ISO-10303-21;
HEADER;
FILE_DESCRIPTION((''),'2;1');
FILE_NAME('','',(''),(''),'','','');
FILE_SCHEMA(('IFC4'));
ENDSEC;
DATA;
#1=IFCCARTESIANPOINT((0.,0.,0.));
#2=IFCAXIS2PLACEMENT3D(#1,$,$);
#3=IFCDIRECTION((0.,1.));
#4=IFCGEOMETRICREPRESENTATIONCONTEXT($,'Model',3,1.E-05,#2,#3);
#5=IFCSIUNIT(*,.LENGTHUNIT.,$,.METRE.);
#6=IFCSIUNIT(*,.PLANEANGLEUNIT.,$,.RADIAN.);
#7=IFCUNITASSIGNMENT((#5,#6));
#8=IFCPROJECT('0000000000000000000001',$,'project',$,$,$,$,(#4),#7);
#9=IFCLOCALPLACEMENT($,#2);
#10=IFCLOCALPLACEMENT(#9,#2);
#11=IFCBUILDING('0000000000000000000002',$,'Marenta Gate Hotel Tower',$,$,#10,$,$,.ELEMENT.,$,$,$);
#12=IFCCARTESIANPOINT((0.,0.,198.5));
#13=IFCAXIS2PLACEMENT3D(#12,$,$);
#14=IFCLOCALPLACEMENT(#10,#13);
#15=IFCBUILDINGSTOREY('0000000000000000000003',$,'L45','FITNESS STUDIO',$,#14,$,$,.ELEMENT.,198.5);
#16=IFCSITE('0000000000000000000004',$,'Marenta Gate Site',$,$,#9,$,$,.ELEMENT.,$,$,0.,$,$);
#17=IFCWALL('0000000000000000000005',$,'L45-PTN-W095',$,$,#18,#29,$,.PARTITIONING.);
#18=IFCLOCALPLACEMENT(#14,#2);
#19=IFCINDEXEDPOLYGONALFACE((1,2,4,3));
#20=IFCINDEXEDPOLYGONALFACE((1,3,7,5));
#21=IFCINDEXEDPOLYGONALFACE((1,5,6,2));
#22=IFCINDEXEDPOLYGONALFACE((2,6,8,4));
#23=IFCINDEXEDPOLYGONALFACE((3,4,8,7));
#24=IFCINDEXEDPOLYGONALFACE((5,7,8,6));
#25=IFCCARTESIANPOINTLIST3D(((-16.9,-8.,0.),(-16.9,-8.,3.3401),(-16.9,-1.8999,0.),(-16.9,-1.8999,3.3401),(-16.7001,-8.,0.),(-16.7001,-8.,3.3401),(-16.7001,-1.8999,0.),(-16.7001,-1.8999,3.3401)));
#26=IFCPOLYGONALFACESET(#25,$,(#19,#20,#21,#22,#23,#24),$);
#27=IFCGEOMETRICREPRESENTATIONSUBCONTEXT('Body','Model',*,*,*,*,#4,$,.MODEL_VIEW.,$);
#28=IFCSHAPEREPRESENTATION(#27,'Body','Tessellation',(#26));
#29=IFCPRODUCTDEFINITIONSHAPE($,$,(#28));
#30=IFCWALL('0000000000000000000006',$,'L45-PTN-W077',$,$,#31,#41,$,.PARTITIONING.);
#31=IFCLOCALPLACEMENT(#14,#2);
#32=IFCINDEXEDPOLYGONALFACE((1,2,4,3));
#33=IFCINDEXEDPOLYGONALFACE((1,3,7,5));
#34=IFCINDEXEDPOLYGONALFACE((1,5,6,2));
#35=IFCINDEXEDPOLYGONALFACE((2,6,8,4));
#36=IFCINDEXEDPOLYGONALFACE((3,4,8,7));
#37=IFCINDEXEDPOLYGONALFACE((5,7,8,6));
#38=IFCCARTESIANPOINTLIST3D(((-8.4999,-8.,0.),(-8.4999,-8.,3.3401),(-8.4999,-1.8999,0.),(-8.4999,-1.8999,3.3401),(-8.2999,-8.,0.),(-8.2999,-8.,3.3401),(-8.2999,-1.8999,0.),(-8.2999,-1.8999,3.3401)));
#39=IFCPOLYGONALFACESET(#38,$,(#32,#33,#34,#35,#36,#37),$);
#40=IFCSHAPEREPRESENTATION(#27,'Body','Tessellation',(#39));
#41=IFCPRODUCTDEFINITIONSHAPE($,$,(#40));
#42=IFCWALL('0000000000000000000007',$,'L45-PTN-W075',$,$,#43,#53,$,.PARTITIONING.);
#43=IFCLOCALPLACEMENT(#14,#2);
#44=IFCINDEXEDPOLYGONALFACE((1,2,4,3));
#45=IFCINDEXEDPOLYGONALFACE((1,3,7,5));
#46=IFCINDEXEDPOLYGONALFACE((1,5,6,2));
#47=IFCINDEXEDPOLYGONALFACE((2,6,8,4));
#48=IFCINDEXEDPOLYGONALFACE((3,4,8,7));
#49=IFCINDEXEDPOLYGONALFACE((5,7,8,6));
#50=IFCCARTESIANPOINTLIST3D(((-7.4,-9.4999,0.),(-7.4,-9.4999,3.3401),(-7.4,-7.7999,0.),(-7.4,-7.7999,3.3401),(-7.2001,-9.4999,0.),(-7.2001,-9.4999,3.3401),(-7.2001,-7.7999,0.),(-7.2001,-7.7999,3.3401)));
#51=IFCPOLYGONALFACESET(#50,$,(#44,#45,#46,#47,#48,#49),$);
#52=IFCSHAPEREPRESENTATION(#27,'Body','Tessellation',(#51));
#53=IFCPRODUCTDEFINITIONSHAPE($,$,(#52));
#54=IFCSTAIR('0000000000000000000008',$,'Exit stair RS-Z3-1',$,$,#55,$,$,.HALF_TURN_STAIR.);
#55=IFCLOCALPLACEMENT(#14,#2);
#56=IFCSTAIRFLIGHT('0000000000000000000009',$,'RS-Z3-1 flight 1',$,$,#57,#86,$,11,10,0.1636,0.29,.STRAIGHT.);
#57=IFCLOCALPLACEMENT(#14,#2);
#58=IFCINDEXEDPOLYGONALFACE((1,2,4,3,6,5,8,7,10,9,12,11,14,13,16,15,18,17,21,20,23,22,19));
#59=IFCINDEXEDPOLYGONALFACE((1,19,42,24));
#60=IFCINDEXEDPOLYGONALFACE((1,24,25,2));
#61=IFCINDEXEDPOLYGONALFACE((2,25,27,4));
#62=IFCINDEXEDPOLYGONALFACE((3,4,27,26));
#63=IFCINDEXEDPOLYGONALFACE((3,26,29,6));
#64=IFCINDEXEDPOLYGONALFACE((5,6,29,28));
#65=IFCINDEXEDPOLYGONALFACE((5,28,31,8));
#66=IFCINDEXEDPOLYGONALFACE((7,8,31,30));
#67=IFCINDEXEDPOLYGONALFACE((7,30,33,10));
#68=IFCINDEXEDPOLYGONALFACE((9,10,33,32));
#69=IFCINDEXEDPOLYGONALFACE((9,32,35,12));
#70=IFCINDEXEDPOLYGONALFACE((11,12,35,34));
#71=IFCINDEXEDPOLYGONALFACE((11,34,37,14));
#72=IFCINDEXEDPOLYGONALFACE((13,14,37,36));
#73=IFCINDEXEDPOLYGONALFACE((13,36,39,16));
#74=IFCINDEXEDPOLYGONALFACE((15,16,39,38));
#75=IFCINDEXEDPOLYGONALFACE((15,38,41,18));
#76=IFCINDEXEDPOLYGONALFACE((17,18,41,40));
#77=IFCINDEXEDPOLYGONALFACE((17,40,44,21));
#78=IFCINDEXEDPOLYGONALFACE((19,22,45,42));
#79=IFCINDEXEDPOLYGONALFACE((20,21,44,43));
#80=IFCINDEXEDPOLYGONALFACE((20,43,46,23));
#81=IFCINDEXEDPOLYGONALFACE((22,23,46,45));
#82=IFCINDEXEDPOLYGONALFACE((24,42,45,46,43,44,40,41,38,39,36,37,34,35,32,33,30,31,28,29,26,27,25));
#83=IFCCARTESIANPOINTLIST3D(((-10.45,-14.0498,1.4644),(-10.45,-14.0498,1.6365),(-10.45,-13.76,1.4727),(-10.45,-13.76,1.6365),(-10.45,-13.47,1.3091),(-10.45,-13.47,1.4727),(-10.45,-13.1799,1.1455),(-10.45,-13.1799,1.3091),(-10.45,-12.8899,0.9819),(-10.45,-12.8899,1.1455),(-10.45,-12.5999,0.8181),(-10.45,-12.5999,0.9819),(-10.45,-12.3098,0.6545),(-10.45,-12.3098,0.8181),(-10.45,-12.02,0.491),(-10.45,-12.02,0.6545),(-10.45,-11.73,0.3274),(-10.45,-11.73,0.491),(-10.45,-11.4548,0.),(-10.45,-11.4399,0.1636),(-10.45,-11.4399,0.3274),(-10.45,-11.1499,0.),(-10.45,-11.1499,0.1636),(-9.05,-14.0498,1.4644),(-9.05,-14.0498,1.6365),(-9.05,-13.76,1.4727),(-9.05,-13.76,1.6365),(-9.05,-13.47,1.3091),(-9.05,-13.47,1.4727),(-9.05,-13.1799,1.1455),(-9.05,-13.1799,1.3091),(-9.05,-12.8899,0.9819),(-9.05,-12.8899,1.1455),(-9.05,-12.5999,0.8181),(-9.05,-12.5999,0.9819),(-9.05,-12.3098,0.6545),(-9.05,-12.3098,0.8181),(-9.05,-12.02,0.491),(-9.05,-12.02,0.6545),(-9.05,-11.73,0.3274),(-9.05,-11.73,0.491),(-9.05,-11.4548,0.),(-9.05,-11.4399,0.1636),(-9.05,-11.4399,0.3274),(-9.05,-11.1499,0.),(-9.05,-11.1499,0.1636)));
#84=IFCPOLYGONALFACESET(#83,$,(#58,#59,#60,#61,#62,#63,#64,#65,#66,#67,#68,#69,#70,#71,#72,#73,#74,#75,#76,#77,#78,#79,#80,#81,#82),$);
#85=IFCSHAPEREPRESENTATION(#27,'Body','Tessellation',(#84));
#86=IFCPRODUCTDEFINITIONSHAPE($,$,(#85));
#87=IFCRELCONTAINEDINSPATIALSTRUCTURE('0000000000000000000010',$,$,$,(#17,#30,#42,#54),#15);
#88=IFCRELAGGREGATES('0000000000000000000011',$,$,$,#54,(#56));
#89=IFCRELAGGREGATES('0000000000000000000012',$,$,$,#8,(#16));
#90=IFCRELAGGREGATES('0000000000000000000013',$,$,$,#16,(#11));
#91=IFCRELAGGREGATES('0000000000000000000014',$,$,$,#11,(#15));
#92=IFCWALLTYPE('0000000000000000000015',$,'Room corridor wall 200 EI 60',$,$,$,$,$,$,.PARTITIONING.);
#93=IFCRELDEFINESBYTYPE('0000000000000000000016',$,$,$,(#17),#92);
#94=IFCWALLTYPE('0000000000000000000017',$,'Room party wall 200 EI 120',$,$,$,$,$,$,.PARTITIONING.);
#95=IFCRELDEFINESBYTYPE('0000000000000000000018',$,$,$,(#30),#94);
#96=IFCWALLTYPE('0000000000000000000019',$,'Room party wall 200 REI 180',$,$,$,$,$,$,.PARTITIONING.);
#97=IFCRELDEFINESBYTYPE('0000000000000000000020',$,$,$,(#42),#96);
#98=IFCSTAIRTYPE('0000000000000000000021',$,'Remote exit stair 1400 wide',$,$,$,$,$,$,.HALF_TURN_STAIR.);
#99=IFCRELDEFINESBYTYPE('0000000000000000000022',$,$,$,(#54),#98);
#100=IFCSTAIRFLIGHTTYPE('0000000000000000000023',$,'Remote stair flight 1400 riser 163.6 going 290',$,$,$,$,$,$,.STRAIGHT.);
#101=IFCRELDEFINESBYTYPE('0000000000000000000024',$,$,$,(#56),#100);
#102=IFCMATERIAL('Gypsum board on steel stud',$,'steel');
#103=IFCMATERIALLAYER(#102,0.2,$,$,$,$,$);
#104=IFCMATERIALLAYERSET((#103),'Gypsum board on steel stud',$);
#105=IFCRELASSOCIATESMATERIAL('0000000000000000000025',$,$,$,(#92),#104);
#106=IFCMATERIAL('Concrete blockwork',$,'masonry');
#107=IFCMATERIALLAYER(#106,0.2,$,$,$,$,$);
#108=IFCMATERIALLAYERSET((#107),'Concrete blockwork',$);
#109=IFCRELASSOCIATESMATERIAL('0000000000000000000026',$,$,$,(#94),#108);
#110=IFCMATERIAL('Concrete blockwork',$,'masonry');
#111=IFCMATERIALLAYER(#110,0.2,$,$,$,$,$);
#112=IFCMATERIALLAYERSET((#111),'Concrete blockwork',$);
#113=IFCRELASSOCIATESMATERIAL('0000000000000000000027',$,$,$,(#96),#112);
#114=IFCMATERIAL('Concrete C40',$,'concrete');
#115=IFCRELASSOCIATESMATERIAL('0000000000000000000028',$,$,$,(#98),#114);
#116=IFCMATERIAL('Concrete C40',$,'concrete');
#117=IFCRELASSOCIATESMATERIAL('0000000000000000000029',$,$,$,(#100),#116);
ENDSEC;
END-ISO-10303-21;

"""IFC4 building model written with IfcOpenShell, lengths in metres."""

from ifc_helpers import new_model, si_unit, direction, frame, frame_2d, origin, place, context, subcontext, project, spatial, polyline, rectangle, outline, extrude, material, layer, layer_set, type_object, element, aggregate, save


model = new_model("IFC4")

# Units and contexts
model_context = context("Model", 3, precision=1e-05, world=origin(), true_north=direction((0.0, 1.0)))
body_context = subcontext(model_context, "Body", "Model", "MODEL_VIEW")
ifc_project = project(units=[si_unit("LENGTHUNIT", "METRE"), si_unit("PLANEANGLEUNIT", "RADIAN")], contexts=[model_context])

# Site, building, storey
site_placement = place(None, origin())
site = spatial("IfcSite", under=ifc_project, at=site_placement, Name="Marenta Gate Site", CompositionType="ELEMENT", RefElevation=0.0)
building_placement = place(site_placement, origin())
building = spatial("IfcBuilding", under=site, at=building_placement, Name="Marenta Gate Hotel Tower", CompositionType="ELEMENT")
storey_placement = place(building_placement, frame((0.0, 0.0, 198.5)))
storey = spatial("IfcBuildingStorey", under=building, at=storey_placement, Name="L45", Description="FITNESS STUDIO", CompositionType="ELEMENT", Elevation=198.5)

# Shared definitions
ifc_material_1 = material(Name="Gypsum board on steel stud", Category="steel")
ifc_layer_1 = layer(ifc_material_1, 0.2)
ifc_layer_set_1 = layer_set([ifc_layer_1], Name="Gypsum board on steel stud")
wall_type_1 = type_object("IfcWallType", Name="Room corridor wall 200 EI 60", PredefinedType="PARTITIONING", material=ifc_layer_set_1)

# Wall
wall_1_placement = place(storey_placement, frame((-16.8, -8.0, 0.0), z_axis=(0.0, 0.0, 1.0), x_axis=(0.0, 1.0, 0.0)))
element("IfcWall", 1, at=wall_1_placement, inside=storey, type_object=wall_type_1, Name="L45-PTN-W095", PredefinedType="PARTITIONING", context=body_context, shape_type="SweptSolid", body=[
    extrude(rectangle(XDim=6.1001, YDim=0.2, at=frame_2d((3.05, 0.0))), origin(), (0.0, 0.0, 1.0), 3.3401),
])

# Walls
ifc_material_2 = material(Name="Concrete blockwork", Category="masonry")
ifc_layer_2 = layer(ifc_material_2, 0.2)
ifc_layer_set_2 = layer_set([ifc_layer_2], Name="Concrete blockwork")
wall_type_2 = type_object("IfcWallType", Name="Room party wall 200 EI 120", PredefinedType="PARTITIONING", material=ifc_layer_set_2)
wall_2_placement = place(storey_placement, frame((-8.3999, -8.0, 0.0), z_axis=(0.0, 0.0, 1.0), x_axis=(0.0, 1.0, 0.0)))
element("IfcWall", 2, at=wall_2_placement, inside=storey, type_object=wall_type_2, Name="L45-PTN-W077", PredefinedType="PARTITIONING", context=body_context, shape_type="SweptSolid", body=[
    extrude(rectangle(XDim=6.1001, YDim=0.2, at=frame_2d((3.05, 0.0))), origin(), (0.0, 0.0, 1.0), 3.3401),
])
ifc_material_3 = material(Name="Concrete blockwork", Category="masonry")
ifc_layer_3 = layer(ifc_material_3, 0.2)
ifc_layer_set_3 = layer_set([ifc_layer_3], Name="Concrete blockwork")
wall_type_3 = type_object("IfcWallType", Name="Room party wall 200 REI 180", PredefinedType="PARTITIONING", material=ifc_layer_set_3)
wall_3_placement = place(storey_placement, frame((-7.3, -9.5, 0.0), z_axis=(0.0, 0.0, 1.0), x_axis=(0.0, 1.0, 0.0)))
element("IfcWall", 3, at=wall_3_placement, inside=storey, type_object=wall_type_3, Name="L45-PTN-W075", PredefinedType="PARTITIONING", context=body_context, shape_type="SweptSolid", body=[
    extrude(rectangle(XDim=1.7, YDim=0.2, at=frame_2d((0.8501, 0.0))), origin(), (0.0, 0.0, 1.0), 3.3401),
])

# Stair, stair flight
ifc_material_4 = material(Name="Concrete C40", Category="concrete")
stair_type = type_object("IfcStairType", Name="Remote exit stair 1400 wide", PredefinedType="HALF_TURN_STAIR", material=ifc_material_4)
stair_placement = place(storey_placement, origin())
stair = element("IfcStair", 4, at=stair_placement, inside=storey, type_object=stair_type, Name="Exit stair RS-Z3-1", PredefinedType="HALF_TURN_STAIR")
ifc_material_5 = material(Name="Concrete C40", Category="concrete")
stair_flight_type = type_object("IfcStairFlightType", Name="Remote stair flight 1400 riser 163.6 going 290", PredefinedType="STRAIGHT", material=ifc_material_5)
stair_flight_placement = place(storey_placement, frame((-9.75, -11.1499, 0.0), z_axis=(0.0, 0.0, 1.0), x_axis=(0.0, -1.0, 0.0)))
stair_flight = element("IfcStairFlight", 5, at=stair_flight_placement, type_object=stair_flight_type, Name="RS-Z3-1 flight 1", NumberOfRisers=11, NumberOfTreads=10, PredefinedType="STRAIGHT", RiserHeight=0.1636, TreadLength=0.29, context=body_context, shape_type="SweptSolid", body=[
    extrude(outline(polyline([(0.0, 0.0), (0.0, 0.1636), (0.29, 0.1636), (0.29, 0.3274), (0.5801, 0.3274), (0.5801, 0.491), (0.8701, 0.491), (0.8701, 0.6545), (1.1599, 0.6545), (1.1599, 0.8181), (1.45, 0.8181), (1.45, 0.9819), (1.74, 0.9819), (1.74, 1.1455), (2.03, 1.1455), (2.03, 1.3091), (2.3201, 1.3091), (2.3201, 1.4727), (2.6101, 1.4727), (2.6101, 1.6365), (2.8999, 1.6365), (2.8999, 1.8), (2.8999, 1.4644), (0.3049, 0.0), (0.0, 0.0)])), frame((0.0, 0.7, 0.0), z_axis=(0.0, -1.0, 0.0), x_axis=(1.0, 0.0, 0.0)), (0.0, 0.0, 1.0), 1.3999),
])
aggregate(stair, [stair_flight])

save(model, "model.ifc")
